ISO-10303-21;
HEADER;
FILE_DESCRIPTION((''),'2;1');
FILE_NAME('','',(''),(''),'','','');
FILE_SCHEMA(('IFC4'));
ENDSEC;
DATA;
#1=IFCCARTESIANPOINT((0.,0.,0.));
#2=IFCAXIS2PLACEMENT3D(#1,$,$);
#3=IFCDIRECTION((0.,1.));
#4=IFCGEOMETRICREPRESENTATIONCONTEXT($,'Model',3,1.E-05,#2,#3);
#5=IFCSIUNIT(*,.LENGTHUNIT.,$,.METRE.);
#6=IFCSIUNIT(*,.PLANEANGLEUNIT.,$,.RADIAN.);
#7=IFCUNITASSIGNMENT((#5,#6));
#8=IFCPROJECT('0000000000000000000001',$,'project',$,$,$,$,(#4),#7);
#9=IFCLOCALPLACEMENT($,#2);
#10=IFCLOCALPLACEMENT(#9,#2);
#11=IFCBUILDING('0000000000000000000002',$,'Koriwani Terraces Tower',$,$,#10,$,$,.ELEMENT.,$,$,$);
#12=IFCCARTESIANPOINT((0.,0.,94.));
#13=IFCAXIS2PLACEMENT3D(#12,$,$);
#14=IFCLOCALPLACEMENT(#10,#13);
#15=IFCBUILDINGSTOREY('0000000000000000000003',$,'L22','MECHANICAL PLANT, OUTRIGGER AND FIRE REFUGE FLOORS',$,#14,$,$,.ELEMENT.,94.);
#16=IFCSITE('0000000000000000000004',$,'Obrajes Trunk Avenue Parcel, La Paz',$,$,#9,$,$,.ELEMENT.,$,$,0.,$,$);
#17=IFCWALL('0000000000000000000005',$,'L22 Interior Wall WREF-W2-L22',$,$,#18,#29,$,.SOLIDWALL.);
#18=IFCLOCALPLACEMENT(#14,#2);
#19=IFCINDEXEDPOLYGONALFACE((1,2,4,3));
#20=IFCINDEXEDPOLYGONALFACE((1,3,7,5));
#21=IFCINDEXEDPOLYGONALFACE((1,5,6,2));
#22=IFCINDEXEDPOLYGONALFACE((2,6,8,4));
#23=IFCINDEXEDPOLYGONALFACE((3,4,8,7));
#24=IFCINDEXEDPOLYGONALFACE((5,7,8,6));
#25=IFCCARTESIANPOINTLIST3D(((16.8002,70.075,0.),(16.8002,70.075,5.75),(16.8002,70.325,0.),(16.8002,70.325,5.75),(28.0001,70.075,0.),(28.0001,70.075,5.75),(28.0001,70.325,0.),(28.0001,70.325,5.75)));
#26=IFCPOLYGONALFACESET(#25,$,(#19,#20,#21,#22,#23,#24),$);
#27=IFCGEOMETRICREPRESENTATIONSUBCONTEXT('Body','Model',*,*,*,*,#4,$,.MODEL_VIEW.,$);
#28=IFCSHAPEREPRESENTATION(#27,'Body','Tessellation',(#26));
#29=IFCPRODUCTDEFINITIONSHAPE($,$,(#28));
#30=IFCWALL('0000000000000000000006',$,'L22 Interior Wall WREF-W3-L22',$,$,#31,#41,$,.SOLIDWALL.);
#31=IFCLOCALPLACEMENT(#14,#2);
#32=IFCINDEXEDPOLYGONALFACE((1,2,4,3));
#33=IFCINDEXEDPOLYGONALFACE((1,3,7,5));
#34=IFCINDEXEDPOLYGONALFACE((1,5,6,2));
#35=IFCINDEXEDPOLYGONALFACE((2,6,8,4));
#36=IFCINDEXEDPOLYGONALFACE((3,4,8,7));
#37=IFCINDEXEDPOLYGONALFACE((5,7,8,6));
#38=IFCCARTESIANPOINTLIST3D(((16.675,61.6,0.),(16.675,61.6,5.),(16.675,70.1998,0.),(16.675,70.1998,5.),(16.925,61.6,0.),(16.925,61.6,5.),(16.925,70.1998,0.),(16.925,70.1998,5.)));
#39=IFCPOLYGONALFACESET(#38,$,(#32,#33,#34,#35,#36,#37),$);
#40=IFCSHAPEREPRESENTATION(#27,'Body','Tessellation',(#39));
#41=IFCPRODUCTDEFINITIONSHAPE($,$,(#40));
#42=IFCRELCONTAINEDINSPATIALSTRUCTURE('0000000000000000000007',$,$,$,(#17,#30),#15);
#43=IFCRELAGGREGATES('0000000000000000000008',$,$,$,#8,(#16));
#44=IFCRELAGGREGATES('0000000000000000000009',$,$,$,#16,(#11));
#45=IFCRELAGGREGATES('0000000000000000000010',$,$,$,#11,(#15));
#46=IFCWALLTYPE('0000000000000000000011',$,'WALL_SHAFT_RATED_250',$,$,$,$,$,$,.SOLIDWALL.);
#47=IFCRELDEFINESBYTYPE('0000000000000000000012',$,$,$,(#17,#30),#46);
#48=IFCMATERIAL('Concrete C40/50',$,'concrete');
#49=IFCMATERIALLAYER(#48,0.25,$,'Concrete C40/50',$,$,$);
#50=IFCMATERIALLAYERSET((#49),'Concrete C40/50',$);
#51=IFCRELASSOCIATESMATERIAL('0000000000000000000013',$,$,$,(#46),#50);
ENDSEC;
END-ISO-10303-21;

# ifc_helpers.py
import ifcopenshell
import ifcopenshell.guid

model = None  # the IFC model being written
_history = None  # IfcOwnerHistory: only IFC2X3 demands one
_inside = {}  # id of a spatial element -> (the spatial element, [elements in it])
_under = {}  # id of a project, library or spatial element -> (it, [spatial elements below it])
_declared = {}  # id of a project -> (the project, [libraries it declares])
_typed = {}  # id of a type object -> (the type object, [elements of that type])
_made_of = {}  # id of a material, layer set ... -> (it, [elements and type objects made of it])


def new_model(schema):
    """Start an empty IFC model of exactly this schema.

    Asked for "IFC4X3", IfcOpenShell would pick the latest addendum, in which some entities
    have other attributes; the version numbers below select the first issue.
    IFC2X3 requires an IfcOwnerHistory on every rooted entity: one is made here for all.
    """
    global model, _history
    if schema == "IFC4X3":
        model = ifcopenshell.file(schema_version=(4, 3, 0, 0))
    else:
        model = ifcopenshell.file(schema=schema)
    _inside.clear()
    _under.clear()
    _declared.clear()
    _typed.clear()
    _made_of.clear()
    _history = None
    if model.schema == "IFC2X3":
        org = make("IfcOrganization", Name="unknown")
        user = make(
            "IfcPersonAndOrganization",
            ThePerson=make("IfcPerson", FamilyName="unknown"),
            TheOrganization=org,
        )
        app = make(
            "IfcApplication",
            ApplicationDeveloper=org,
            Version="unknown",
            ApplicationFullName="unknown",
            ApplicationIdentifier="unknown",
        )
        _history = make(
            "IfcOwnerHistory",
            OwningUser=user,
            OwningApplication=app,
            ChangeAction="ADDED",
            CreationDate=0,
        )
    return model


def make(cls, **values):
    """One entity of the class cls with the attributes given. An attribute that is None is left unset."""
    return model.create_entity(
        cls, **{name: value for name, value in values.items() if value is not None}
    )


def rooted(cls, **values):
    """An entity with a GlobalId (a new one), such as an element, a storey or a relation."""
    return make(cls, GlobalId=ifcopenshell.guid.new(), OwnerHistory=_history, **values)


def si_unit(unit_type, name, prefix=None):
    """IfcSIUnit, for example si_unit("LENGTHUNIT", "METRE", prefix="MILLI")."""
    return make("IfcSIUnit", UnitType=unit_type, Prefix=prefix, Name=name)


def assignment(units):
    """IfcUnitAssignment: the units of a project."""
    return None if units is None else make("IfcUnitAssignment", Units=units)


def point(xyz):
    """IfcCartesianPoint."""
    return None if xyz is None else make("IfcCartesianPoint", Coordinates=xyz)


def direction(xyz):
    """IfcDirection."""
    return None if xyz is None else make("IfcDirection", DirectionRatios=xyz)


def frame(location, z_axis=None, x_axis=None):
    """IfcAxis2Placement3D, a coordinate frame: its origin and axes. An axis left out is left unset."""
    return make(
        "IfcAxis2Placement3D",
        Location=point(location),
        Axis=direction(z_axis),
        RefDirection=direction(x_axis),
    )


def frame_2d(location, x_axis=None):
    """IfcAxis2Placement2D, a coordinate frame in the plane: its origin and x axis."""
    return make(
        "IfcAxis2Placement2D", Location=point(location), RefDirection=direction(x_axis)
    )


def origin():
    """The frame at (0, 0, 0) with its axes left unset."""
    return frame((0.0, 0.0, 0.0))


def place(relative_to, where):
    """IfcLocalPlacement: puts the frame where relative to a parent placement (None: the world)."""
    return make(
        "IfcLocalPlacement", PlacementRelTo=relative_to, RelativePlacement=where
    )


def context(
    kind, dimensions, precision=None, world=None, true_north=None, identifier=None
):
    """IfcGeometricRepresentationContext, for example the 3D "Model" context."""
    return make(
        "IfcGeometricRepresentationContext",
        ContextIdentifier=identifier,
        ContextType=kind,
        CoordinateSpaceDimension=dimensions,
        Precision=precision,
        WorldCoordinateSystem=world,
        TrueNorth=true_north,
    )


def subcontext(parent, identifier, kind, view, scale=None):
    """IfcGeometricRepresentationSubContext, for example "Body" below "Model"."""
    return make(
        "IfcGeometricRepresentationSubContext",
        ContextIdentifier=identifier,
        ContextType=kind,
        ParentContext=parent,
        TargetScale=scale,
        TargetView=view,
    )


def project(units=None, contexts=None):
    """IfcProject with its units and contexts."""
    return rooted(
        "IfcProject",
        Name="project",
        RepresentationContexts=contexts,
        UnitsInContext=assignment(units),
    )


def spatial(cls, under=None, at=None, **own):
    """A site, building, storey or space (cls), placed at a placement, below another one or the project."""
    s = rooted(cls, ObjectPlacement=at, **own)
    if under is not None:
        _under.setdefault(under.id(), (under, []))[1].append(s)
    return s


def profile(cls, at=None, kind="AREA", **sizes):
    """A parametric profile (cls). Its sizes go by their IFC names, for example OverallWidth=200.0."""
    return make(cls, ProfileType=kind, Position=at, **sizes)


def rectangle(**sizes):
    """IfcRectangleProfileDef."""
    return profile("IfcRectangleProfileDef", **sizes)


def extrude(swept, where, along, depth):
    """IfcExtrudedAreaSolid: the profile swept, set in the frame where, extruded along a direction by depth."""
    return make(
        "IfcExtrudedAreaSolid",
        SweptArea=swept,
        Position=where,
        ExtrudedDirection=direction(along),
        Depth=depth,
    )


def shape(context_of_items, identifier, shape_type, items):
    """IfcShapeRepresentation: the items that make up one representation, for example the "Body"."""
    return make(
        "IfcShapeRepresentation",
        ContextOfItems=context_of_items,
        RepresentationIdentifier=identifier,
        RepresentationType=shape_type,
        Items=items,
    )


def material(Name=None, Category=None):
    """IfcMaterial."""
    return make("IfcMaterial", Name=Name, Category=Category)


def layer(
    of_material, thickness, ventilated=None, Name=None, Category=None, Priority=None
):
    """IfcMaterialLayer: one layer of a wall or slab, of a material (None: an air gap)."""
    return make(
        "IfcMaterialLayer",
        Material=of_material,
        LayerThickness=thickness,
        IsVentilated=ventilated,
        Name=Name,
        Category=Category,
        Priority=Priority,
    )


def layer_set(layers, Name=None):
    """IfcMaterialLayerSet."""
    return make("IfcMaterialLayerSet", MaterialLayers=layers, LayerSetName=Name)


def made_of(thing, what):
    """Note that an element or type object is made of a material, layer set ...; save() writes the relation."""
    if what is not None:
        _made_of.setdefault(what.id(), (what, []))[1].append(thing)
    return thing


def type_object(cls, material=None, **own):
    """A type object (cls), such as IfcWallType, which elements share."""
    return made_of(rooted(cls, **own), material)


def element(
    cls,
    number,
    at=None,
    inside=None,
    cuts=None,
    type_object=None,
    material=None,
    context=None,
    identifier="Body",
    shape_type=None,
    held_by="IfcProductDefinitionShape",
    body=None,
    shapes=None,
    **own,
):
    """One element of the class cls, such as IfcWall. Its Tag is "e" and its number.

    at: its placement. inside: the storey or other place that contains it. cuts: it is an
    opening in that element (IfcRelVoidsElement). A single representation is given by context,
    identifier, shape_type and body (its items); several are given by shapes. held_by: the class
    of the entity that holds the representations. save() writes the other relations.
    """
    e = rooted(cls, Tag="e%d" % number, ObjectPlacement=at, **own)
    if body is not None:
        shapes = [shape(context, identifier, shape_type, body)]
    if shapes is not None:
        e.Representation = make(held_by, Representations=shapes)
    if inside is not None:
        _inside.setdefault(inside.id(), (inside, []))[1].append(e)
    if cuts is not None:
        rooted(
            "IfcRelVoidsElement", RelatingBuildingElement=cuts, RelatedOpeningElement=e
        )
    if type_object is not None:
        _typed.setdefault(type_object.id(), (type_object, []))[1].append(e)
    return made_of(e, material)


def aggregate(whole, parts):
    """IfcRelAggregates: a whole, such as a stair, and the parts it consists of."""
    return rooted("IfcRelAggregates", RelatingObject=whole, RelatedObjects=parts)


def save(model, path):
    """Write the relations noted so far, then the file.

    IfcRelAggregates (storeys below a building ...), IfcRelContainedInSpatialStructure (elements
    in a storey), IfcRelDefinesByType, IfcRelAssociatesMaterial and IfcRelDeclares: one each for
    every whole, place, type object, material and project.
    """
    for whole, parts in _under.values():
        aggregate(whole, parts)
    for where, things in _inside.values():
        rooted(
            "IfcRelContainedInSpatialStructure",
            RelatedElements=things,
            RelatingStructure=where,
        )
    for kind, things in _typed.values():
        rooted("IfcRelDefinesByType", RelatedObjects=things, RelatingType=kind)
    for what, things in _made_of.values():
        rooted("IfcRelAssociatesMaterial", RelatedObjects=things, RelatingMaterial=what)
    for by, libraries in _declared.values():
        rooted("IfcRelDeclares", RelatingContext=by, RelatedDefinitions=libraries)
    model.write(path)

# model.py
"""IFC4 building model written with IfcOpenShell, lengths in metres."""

from ifc_helpers import new_model, si_unit, direction, frame, frame_2d, origin, place, context, subcontext, project, spatial, rectangle, extrude, material, layer, layer_set, type_object, element, save


model = new_model("IFC4")

# Units and contexts
model_context = context("Model", 3, precision=1e-05, world=origin(), true_north=direction((0.0, 1.0)))
body_context = subcontext(model_context, "Body", "Model", "MODEL_VIEW")
ifc_project = project(units=[si_unit("LENGTHUNIT", "METRE"), si_unit("PLANEANGLEUNIT", "RADIAN")], contexts=[model_context])

# Site, building, storey
site_placement = place(None, origin())
site = spatial("IfcSite", under=ifc_project, at=site_placement, Name="Obrajes Trunk Avenue Parcel, La Paz", CompositionType="ELEMENT", RefElevation=0.0)
building_placement = place(site_placement, origin())
building = spatial("IfcBuilding", under=site, at=building_placement, Name="Koriwani Terraces Tower", CompositionType="ELEMENT")
storey_placement = place(building_placement, frame((0.0, 0.0, 94.0)))
storey = spatial("IfcBuildingStorey", under=building, at=storey_placement, Name="L22", Description="MECHANICAL PLANT, OUTRIGGER AND FIRE REFUGE FLOORS", CompositionType="ELEMENT", Elevation=94.0)

# Shared definitions
ifc_material_1 = material(Name="Concrete C40/50", Category="concrete")

# Shared definitions
ifc_layer_1 = layer(ifc_material_1, 0.25, Name="Concrete C40/50")
ifc_layer_set_1 = layer_set([ifc_layer_1], Name="Concrete C40/50")
wall_type_1 = type_object("IfcWallType", Name="WALL_SHAFT_RATED_250", PredefinedType="SOLIDWALL", material=ifc_layer_set_1)

# Walls
wall_1_placement = place(storey_placement, frame((16.8, 70.2, 0.0), z_axis=(0.0, 0.0, 1.0), x_axis=(1.0, 0.0, 0.0)))
element("IfcWall", 1, at=wall_1_placement, inside=storey, type_object=wall_type_1, Name="L22 Interior Wall WREF-W2-L22", PredefinedType="SOLIDWALL", context=body_context, shape_type="SweptSolid", body=[
    extrude(rectangle(XDim=11.2, YDim=0.25, at=frame_2d((5.6001, 0.0))), origin(), (0.0, 0.0, 1.0), 5.75),
])
wall_2_placement = place(storey_placement, frame((16.8, 61.6001, 0.0), z_axis=(0.0, 0.0, 1.0), x_axis=(0.0, 1.0, 0.0)))
element("IfcWall", 2, at=wall_2_placement, inside=storey, type_object=wall_type_1, Name="L22 Interior Wall WREF-W3-L22", PredefinedType="SOLIDWALL", context=body_context, shape_type="SweptSolid", body=[
    extrude(rectangle(XDim=8.5999, YDim=0.25, at=frame_2d((4.2998, 0.0))), origin(), (0.0, 0.0, 1.0), 5.0),
])

save(model, "model.ifc")
